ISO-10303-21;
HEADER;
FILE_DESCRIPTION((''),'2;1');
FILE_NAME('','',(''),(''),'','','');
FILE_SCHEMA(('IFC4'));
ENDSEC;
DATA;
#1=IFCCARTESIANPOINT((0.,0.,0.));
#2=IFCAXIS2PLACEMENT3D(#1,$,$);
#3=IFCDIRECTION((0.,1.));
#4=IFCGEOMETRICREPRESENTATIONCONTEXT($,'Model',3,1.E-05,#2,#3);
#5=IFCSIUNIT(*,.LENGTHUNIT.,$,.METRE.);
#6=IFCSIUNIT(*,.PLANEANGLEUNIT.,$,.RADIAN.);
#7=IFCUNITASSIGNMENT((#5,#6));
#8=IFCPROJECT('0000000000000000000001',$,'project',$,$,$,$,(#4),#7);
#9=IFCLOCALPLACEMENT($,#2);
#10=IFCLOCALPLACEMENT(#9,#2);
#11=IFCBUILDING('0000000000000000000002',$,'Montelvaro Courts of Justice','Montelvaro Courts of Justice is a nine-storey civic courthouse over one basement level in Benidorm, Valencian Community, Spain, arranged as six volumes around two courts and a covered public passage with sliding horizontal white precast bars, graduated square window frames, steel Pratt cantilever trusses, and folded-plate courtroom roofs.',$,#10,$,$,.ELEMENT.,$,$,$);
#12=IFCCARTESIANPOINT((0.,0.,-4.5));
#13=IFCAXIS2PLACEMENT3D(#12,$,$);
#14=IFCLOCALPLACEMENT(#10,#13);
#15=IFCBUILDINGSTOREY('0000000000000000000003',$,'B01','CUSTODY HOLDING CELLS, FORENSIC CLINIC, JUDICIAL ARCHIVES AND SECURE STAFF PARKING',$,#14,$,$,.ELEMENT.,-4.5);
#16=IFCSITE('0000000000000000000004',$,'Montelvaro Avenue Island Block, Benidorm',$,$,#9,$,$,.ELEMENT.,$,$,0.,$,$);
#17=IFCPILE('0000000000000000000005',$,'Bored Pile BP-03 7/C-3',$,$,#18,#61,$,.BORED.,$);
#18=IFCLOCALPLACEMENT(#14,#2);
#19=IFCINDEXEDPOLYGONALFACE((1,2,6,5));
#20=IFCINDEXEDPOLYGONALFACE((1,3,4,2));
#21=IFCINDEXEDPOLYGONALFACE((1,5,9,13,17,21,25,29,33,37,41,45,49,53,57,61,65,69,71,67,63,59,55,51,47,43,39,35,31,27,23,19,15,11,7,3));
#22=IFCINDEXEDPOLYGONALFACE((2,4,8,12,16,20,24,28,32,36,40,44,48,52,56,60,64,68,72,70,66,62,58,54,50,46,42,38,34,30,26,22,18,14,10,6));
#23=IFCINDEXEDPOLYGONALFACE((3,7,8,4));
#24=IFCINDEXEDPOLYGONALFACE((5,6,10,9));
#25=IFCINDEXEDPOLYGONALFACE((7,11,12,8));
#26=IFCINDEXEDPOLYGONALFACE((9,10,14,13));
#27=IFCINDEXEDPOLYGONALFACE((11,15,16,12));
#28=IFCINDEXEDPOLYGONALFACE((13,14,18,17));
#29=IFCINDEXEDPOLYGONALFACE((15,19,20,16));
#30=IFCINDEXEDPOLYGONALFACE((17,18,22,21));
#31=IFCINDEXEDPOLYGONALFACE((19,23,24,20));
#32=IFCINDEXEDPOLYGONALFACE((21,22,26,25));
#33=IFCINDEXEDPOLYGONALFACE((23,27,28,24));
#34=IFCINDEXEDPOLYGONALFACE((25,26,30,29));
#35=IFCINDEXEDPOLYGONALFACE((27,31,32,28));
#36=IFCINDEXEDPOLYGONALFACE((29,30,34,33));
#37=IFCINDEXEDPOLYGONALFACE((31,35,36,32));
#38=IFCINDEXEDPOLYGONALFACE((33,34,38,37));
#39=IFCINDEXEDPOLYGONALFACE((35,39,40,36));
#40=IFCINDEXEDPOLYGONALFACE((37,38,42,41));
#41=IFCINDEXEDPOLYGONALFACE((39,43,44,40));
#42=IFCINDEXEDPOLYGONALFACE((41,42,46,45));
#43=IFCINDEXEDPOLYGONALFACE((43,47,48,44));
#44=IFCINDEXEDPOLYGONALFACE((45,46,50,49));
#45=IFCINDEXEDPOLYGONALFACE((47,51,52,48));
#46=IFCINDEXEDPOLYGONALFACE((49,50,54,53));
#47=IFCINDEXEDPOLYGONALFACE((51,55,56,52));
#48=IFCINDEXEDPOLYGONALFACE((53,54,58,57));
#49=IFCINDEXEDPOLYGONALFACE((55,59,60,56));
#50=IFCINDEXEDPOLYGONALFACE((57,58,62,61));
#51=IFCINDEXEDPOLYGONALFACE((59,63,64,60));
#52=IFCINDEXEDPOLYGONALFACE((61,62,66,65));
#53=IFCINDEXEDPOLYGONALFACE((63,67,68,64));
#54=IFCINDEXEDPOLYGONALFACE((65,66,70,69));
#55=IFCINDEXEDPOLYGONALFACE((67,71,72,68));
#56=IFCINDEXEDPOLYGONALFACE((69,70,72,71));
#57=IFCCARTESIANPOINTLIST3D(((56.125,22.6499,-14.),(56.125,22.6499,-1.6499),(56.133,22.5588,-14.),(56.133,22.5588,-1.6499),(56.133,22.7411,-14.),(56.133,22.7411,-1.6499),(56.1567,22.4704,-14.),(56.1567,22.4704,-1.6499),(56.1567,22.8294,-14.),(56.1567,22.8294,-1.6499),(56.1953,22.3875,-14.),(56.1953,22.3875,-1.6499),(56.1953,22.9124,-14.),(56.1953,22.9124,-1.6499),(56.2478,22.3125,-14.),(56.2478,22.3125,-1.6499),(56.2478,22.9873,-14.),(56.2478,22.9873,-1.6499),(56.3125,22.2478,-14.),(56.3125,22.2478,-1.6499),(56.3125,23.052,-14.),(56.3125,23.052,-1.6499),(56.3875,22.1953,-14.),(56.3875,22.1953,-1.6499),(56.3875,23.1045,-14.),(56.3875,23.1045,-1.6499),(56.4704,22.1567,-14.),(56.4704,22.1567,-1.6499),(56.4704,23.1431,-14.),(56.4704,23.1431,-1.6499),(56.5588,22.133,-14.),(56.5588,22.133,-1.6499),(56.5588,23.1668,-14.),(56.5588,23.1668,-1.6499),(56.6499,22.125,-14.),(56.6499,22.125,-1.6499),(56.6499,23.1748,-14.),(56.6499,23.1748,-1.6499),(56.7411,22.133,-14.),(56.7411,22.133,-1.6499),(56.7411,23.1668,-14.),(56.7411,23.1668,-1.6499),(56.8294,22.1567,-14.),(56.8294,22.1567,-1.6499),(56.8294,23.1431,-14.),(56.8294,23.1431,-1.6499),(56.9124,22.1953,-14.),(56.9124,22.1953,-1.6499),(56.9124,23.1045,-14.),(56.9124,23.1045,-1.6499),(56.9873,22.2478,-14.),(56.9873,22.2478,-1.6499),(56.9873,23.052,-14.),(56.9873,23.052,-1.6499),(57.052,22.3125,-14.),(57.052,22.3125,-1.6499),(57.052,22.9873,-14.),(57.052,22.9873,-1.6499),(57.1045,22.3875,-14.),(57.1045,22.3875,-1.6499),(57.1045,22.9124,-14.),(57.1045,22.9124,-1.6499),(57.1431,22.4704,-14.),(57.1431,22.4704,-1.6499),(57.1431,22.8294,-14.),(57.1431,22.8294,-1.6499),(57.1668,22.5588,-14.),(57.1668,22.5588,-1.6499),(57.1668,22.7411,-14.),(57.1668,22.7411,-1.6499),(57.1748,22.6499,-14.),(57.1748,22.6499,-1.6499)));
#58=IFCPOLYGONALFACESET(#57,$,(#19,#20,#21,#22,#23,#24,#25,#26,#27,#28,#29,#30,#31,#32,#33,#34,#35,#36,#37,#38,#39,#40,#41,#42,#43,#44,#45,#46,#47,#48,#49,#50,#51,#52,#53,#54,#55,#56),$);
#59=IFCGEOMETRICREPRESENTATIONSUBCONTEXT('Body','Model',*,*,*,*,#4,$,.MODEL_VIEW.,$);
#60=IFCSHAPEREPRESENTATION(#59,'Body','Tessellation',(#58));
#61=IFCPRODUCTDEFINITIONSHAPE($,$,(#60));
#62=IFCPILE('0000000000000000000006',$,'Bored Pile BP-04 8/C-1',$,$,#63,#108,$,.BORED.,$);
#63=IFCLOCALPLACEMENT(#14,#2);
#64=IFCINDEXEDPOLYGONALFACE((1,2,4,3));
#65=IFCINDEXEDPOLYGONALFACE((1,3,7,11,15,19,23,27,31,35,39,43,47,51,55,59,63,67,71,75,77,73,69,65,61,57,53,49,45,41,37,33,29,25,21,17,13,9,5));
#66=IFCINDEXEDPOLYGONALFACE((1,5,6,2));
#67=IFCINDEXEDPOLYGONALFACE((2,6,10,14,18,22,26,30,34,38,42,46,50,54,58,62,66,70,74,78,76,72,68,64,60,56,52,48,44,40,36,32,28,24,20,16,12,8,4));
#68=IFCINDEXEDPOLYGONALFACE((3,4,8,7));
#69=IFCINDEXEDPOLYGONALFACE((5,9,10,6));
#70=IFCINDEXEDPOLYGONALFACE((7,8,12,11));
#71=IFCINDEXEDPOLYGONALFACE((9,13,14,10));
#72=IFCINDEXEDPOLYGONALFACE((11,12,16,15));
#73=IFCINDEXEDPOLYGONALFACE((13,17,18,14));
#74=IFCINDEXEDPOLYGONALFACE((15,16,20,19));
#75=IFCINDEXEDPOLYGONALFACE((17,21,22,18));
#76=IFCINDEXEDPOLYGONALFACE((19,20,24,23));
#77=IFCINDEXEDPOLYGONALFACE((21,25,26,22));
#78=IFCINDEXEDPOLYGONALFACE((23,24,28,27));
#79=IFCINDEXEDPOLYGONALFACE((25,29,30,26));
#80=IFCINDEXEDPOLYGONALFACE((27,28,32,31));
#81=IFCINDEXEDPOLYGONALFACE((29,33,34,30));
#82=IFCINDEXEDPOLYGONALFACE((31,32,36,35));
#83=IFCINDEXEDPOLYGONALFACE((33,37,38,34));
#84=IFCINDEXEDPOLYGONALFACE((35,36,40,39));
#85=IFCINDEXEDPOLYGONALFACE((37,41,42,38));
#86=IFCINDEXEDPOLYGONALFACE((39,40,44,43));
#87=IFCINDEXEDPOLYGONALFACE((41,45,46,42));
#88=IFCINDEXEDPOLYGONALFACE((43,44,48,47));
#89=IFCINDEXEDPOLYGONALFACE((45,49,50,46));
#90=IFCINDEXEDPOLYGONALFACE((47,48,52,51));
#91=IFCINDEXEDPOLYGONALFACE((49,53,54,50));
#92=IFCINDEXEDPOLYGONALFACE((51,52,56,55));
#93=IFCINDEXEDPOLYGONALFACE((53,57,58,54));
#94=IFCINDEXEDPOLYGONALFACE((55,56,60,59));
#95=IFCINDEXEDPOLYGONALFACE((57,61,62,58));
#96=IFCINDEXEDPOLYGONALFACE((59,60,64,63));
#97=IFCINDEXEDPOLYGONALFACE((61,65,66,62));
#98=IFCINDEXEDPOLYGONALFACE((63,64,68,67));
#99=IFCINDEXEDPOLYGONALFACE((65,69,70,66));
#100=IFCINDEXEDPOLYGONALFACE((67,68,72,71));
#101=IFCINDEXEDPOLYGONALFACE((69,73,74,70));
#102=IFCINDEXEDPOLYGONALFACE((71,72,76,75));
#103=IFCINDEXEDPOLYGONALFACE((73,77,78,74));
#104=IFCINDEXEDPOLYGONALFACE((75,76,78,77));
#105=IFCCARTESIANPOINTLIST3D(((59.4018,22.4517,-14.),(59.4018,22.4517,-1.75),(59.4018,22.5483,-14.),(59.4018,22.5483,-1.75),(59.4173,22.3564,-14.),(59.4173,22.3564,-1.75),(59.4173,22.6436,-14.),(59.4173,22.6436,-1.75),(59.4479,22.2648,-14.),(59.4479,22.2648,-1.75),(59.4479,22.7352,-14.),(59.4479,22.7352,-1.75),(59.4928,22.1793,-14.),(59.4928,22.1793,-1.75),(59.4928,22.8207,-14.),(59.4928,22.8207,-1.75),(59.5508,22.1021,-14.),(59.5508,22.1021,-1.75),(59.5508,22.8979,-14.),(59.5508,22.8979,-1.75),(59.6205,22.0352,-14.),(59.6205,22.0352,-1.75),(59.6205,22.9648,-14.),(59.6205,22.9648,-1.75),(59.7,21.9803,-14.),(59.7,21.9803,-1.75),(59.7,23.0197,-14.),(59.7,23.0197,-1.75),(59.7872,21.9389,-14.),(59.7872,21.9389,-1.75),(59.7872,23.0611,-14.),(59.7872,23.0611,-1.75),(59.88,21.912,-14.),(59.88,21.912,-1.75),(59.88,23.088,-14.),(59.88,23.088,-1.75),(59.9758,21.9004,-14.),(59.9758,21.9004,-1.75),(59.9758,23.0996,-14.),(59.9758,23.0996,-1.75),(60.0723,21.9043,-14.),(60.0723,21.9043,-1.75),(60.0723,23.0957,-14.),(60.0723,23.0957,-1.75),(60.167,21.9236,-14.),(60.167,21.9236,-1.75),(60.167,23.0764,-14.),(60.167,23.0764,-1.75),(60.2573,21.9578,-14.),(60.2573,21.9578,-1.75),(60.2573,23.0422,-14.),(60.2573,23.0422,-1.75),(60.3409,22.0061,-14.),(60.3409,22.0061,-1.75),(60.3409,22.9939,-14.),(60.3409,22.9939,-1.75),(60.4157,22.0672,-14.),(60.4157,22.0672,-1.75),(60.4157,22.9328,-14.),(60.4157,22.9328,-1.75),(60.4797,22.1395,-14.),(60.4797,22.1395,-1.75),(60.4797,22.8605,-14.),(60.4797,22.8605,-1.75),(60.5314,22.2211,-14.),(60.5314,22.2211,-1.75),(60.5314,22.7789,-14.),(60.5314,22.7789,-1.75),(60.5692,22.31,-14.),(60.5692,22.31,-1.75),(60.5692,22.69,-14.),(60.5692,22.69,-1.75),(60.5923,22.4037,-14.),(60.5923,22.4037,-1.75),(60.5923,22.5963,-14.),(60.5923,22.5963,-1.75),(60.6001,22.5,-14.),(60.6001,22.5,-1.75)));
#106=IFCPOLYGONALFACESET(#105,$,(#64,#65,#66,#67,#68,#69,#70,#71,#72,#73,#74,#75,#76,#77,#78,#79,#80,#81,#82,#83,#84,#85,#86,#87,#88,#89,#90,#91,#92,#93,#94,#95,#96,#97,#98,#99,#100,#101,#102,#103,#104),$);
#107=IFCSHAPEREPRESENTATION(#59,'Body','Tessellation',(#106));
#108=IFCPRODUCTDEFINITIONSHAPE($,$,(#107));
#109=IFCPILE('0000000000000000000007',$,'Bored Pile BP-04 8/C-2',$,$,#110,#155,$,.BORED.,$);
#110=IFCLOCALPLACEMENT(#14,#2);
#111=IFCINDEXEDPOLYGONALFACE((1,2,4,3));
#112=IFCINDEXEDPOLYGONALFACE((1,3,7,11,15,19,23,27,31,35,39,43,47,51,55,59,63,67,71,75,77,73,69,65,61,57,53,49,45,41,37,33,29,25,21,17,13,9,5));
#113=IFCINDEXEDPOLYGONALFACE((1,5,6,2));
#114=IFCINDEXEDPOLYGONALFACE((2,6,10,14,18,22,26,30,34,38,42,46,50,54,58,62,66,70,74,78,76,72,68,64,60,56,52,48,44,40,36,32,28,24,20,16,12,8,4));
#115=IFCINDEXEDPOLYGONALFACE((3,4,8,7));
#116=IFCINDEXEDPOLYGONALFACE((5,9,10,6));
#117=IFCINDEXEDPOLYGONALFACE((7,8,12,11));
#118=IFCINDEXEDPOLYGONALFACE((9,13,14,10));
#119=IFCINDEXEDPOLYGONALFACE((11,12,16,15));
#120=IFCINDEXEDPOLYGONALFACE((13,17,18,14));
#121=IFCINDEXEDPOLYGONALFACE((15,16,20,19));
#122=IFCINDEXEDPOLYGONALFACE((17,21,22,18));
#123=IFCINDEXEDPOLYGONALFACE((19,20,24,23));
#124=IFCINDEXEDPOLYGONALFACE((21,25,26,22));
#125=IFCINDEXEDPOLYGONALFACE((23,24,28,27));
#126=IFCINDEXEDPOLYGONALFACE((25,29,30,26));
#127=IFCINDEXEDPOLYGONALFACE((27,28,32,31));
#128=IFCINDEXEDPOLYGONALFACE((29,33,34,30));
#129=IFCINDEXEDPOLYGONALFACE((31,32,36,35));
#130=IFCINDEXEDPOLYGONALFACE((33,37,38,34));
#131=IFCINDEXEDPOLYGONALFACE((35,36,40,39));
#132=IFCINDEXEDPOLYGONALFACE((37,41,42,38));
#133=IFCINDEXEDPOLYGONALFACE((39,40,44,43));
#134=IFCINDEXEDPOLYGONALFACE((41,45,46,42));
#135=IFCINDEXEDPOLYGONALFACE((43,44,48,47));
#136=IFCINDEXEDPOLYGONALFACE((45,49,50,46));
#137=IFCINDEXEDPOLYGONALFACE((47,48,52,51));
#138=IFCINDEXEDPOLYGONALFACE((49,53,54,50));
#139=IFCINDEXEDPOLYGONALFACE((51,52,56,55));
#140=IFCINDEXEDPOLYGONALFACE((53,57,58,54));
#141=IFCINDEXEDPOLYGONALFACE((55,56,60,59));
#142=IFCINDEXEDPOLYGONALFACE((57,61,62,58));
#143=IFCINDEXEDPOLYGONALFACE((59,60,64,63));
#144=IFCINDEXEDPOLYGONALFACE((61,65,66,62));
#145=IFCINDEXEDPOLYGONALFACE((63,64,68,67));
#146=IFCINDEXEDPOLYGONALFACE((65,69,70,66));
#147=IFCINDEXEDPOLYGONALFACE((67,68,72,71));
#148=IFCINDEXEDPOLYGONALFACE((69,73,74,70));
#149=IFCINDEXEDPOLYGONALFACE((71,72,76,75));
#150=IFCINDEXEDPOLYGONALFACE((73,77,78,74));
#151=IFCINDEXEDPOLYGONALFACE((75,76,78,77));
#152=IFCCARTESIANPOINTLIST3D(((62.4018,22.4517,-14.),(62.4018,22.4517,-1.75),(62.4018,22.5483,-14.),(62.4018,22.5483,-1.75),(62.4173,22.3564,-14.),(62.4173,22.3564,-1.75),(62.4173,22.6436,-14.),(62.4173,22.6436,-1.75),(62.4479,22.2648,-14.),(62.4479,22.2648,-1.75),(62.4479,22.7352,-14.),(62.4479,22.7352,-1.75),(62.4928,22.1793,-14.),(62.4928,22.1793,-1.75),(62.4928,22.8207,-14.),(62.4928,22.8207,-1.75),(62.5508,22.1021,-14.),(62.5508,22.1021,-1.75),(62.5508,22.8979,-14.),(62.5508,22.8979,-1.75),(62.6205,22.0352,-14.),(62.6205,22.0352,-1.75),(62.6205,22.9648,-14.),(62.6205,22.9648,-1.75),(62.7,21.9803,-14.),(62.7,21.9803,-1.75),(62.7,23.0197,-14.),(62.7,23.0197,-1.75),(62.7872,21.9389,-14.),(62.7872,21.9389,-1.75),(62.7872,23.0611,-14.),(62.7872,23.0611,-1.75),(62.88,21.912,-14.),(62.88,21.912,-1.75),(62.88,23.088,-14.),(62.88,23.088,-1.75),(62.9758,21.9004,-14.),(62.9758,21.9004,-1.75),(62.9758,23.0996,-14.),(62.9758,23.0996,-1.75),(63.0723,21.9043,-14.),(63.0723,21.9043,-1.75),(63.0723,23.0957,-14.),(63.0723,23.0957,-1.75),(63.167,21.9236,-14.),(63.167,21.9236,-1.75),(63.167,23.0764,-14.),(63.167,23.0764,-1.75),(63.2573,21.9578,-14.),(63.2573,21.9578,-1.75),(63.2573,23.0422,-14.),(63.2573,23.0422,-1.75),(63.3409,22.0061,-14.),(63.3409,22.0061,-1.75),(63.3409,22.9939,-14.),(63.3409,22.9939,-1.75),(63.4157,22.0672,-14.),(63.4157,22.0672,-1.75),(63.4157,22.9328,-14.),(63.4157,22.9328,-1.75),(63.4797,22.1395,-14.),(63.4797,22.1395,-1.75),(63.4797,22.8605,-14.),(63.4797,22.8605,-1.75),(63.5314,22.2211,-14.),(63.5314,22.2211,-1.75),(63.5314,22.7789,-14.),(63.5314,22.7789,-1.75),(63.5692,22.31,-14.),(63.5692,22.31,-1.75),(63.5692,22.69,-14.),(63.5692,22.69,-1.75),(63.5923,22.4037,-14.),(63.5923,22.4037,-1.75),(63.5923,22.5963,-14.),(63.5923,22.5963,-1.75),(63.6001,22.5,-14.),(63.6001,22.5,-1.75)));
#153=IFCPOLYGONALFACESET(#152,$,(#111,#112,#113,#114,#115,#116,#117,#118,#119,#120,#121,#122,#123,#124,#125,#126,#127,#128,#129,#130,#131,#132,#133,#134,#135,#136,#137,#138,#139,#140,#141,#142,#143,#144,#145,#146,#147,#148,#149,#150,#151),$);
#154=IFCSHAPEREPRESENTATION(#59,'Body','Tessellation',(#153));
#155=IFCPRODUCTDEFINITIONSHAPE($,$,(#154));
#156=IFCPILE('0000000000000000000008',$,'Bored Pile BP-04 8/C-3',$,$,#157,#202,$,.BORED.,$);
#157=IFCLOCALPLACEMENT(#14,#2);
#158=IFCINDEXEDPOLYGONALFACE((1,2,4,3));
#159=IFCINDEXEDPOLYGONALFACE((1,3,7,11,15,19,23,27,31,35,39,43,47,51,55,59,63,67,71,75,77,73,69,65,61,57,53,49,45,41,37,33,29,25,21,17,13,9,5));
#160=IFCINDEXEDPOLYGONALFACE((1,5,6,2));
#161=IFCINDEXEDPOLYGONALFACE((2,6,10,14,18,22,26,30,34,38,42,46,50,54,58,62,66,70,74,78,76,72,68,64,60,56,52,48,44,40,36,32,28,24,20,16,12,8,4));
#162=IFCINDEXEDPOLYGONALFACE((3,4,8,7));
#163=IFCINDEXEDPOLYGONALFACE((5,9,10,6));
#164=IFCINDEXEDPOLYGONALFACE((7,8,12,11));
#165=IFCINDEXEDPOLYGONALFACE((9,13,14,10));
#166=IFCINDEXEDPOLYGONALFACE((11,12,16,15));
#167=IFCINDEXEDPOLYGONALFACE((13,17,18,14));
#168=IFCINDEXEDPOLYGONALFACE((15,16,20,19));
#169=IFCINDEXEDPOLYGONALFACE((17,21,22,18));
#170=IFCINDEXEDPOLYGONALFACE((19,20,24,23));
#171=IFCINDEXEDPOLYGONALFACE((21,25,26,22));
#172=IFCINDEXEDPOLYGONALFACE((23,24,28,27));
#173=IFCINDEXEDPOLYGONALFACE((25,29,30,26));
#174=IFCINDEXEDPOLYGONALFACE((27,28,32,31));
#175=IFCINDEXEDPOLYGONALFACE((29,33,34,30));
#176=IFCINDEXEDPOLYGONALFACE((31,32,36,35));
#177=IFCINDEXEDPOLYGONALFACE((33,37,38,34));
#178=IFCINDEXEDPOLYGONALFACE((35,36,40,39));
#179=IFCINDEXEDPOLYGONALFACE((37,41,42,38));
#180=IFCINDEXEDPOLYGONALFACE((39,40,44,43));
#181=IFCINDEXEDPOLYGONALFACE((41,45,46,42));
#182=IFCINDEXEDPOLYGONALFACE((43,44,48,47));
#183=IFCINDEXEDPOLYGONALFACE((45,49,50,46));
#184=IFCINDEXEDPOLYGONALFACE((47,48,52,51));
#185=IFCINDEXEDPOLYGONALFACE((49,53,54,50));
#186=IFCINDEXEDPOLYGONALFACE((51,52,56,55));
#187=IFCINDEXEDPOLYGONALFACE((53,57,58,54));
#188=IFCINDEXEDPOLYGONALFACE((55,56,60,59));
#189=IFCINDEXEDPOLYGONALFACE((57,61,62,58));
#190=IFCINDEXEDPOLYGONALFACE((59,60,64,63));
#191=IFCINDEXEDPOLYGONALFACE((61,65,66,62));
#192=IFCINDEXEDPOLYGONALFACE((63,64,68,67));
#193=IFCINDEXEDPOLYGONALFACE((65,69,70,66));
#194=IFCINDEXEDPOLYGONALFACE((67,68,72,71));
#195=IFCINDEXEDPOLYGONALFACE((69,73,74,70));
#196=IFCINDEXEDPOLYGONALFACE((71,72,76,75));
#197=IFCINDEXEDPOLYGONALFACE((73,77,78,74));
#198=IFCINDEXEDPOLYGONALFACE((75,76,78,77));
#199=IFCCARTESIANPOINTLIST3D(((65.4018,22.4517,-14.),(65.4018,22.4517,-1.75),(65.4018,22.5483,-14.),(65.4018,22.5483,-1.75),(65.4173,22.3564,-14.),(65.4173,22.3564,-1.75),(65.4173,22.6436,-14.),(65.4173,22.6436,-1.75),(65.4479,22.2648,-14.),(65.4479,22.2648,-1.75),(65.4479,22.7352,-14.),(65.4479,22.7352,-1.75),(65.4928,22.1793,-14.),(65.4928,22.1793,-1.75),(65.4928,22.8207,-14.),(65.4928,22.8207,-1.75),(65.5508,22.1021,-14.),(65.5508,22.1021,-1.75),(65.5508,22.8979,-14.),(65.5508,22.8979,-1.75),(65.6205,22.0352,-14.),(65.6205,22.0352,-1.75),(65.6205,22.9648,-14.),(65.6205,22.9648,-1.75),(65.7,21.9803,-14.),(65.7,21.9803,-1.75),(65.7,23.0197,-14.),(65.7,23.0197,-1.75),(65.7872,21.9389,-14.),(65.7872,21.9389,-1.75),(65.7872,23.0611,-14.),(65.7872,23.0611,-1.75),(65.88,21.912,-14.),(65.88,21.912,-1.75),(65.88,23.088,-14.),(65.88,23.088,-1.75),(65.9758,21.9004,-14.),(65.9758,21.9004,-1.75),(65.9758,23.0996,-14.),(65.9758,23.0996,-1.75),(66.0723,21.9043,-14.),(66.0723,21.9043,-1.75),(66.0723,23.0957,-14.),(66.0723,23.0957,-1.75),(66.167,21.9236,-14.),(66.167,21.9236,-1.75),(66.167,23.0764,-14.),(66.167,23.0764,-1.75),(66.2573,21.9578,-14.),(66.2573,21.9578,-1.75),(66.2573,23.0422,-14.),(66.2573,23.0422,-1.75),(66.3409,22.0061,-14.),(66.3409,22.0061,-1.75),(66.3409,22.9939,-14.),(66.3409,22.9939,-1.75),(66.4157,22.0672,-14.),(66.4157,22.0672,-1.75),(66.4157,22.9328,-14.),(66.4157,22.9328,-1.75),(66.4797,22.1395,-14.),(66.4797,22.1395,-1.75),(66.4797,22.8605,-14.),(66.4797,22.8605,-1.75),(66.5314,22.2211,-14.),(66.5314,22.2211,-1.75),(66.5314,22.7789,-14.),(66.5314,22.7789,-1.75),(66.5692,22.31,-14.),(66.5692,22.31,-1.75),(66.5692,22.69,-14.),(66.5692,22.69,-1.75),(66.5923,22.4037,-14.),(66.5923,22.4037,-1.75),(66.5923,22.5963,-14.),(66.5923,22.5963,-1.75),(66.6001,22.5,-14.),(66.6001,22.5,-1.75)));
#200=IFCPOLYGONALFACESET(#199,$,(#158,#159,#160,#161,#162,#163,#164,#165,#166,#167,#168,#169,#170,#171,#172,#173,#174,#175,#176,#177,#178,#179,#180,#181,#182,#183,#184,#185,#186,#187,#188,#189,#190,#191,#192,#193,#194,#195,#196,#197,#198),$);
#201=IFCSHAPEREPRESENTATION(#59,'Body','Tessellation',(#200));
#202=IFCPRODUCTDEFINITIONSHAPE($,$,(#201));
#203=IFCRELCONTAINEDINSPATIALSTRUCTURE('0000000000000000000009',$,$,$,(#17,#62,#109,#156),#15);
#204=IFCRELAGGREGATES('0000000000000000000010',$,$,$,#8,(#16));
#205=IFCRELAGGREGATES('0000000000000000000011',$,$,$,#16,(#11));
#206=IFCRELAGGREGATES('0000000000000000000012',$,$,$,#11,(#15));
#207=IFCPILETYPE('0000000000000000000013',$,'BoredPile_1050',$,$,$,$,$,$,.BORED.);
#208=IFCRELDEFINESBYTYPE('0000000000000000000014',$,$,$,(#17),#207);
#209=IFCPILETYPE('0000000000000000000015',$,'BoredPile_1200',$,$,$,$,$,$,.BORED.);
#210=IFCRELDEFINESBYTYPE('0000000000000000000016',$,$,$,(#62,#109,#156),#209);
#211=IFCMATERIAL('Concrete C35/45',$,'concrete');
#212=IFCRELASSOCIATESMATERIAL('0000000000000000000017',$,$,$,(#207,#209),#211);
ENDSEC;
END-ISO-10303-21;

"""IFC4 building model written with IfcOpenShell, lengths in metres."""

from ifc_helpers import new_model, si_unit, direction, frame, origin, origin_2d, place, context, subcontext, project, spatial, circle, extrude, material, material_profile, profile_set, type_object, element, save


model = new_model("IFC4")

# Units and contexts
model_context = context("Model", 3, precision=1e-05, world=origin(), true_north=direction((0.0, 1.0)))
body_context = subcontext(model_context, "Body", "Model", "MODEL_VIEW")
ifc_project = project(units=[si_unit("LENGTHUNIT", "METRE"), si_unit("PLANEANGLEUNIT", "RADIAN")], contexts=[model_context])

# Site, building, storey
site_placement = place(None, origin())
site = spatial("IfcSite", under=ifc_project, at=site_placement, Name="Montelvaro Avenue Island Block, Benidorm", CompositionType="ELEMENT", RefElevation=0.0)
building_placement = place(site_placement, origin())
building = spatial("IfcBuilding", under=site, at=building_placement, Name="Montelvaro Courts of Justice", Description="Montelvaro Courts of Justice is a nine-storey civic courthouse over one basement level in Benidorm, Valencian Community, Spain, arranged as six volumes around two courts and a covered public passage with sliding horizontal white precast bars, graduated square window frames, steel Pratt cantilever trusses, and folded-plate courtroom roofs.", CompositionType="ELEMENT")
storey_placement = place(building_placement, frame((0.0, 0.0, -4.5)))
storey = spatial("IfcBuildingStorey", under=building, at=storey_placement, Name="B01", Description="CUSTODY HOLDING CELLS, FORENSIC CLINIC, JUDICIAL ARCHIVES AND SECURE STAFF PARKING", CompositionType="ELEMENT", Elevation=-4.5)

# Piles
ifc_material_1 = material(Name="Concrete C35/45", Category="concrete")
ifc_material_profile_1 = material_profile(ifc_material_1, circle(Radius=0.5249, at=origin_2d()), Name="BORED PILE D1050")
ifc_profile_set_1 = profile_set([ifc_material_profile_1], Name="Concrete C35/45")
pile_type_1 = type_object("IfcPileType", Name="BoredPile_1050", PredefinedType="BORED", material=ifc_profile_set_1)
pile_placement = place(storey_placement, frame((56.6499, 22.6499, -1.6499), z_axis=(0.0, 0.0, -1.0), x_axis=(1.0, 0.0, 0.0)))
element("IfcPile", 1, at=pile_placement, inside=storey, type_object=pile_type_1, Name="Bored Pile BP-03 7/C-3", PredefinedType="BORED", context=body_context, shape_type="SweptSolid", body=[
    extrude(circle(Radius=0.5249, at=origin_2d()), origin(), (0.0, 0.0, 1.0), 12.3501),
])
ifc_material_profile_2 = material_profile(ifc_material_1, circle(Radius=0.6001, at=origin_2d()), Name="BORED PILE D1200")
ifc_profile_set_2 = profile_set([ifc_material_profile_2], Name="Concrete C35/45")
pile_type_2 = type_object("IfcPileType", Name="BoredPile_1200", PredefinedType="BORED", material=ifc_profile_set_2)
for number, where, z_axis, x_axis, name in (
    (2, (60.0, 22.5, -1.75), (0.0, 0.0, -1.0), (1.0, 0.0, 0.0), "Bored Pile BP-04 8/C-1"),
    (3, (63.0, 22.5, -1.75), (0.0, 0.0, -1.0), (1.0, 0.0, 0.0), "Bored Pile BP-04 8/C-2"),
    (4, (66.0, 22.5, -1.75), (0.0, 0.0, -1.0), (1.0, 0.0, 0.0), "Bored Pile BP-04 8/C-3"),
):
    element("IfcPile", number, at=place(storey_placement, frame(where, z_axis=z_axis, x_axis=x_axis)), inside=storey, type_object=pile_type_2, Name=name, PredefinedType="BORED", context=body_context, shape_type="SweptSolid", body=[
        extrude(circle(Radius=0.6001, at=origin_2d()), origin(), (0.0, 0.0, 1.0), 12.25),
    ])

save(model, "model.ifc")
